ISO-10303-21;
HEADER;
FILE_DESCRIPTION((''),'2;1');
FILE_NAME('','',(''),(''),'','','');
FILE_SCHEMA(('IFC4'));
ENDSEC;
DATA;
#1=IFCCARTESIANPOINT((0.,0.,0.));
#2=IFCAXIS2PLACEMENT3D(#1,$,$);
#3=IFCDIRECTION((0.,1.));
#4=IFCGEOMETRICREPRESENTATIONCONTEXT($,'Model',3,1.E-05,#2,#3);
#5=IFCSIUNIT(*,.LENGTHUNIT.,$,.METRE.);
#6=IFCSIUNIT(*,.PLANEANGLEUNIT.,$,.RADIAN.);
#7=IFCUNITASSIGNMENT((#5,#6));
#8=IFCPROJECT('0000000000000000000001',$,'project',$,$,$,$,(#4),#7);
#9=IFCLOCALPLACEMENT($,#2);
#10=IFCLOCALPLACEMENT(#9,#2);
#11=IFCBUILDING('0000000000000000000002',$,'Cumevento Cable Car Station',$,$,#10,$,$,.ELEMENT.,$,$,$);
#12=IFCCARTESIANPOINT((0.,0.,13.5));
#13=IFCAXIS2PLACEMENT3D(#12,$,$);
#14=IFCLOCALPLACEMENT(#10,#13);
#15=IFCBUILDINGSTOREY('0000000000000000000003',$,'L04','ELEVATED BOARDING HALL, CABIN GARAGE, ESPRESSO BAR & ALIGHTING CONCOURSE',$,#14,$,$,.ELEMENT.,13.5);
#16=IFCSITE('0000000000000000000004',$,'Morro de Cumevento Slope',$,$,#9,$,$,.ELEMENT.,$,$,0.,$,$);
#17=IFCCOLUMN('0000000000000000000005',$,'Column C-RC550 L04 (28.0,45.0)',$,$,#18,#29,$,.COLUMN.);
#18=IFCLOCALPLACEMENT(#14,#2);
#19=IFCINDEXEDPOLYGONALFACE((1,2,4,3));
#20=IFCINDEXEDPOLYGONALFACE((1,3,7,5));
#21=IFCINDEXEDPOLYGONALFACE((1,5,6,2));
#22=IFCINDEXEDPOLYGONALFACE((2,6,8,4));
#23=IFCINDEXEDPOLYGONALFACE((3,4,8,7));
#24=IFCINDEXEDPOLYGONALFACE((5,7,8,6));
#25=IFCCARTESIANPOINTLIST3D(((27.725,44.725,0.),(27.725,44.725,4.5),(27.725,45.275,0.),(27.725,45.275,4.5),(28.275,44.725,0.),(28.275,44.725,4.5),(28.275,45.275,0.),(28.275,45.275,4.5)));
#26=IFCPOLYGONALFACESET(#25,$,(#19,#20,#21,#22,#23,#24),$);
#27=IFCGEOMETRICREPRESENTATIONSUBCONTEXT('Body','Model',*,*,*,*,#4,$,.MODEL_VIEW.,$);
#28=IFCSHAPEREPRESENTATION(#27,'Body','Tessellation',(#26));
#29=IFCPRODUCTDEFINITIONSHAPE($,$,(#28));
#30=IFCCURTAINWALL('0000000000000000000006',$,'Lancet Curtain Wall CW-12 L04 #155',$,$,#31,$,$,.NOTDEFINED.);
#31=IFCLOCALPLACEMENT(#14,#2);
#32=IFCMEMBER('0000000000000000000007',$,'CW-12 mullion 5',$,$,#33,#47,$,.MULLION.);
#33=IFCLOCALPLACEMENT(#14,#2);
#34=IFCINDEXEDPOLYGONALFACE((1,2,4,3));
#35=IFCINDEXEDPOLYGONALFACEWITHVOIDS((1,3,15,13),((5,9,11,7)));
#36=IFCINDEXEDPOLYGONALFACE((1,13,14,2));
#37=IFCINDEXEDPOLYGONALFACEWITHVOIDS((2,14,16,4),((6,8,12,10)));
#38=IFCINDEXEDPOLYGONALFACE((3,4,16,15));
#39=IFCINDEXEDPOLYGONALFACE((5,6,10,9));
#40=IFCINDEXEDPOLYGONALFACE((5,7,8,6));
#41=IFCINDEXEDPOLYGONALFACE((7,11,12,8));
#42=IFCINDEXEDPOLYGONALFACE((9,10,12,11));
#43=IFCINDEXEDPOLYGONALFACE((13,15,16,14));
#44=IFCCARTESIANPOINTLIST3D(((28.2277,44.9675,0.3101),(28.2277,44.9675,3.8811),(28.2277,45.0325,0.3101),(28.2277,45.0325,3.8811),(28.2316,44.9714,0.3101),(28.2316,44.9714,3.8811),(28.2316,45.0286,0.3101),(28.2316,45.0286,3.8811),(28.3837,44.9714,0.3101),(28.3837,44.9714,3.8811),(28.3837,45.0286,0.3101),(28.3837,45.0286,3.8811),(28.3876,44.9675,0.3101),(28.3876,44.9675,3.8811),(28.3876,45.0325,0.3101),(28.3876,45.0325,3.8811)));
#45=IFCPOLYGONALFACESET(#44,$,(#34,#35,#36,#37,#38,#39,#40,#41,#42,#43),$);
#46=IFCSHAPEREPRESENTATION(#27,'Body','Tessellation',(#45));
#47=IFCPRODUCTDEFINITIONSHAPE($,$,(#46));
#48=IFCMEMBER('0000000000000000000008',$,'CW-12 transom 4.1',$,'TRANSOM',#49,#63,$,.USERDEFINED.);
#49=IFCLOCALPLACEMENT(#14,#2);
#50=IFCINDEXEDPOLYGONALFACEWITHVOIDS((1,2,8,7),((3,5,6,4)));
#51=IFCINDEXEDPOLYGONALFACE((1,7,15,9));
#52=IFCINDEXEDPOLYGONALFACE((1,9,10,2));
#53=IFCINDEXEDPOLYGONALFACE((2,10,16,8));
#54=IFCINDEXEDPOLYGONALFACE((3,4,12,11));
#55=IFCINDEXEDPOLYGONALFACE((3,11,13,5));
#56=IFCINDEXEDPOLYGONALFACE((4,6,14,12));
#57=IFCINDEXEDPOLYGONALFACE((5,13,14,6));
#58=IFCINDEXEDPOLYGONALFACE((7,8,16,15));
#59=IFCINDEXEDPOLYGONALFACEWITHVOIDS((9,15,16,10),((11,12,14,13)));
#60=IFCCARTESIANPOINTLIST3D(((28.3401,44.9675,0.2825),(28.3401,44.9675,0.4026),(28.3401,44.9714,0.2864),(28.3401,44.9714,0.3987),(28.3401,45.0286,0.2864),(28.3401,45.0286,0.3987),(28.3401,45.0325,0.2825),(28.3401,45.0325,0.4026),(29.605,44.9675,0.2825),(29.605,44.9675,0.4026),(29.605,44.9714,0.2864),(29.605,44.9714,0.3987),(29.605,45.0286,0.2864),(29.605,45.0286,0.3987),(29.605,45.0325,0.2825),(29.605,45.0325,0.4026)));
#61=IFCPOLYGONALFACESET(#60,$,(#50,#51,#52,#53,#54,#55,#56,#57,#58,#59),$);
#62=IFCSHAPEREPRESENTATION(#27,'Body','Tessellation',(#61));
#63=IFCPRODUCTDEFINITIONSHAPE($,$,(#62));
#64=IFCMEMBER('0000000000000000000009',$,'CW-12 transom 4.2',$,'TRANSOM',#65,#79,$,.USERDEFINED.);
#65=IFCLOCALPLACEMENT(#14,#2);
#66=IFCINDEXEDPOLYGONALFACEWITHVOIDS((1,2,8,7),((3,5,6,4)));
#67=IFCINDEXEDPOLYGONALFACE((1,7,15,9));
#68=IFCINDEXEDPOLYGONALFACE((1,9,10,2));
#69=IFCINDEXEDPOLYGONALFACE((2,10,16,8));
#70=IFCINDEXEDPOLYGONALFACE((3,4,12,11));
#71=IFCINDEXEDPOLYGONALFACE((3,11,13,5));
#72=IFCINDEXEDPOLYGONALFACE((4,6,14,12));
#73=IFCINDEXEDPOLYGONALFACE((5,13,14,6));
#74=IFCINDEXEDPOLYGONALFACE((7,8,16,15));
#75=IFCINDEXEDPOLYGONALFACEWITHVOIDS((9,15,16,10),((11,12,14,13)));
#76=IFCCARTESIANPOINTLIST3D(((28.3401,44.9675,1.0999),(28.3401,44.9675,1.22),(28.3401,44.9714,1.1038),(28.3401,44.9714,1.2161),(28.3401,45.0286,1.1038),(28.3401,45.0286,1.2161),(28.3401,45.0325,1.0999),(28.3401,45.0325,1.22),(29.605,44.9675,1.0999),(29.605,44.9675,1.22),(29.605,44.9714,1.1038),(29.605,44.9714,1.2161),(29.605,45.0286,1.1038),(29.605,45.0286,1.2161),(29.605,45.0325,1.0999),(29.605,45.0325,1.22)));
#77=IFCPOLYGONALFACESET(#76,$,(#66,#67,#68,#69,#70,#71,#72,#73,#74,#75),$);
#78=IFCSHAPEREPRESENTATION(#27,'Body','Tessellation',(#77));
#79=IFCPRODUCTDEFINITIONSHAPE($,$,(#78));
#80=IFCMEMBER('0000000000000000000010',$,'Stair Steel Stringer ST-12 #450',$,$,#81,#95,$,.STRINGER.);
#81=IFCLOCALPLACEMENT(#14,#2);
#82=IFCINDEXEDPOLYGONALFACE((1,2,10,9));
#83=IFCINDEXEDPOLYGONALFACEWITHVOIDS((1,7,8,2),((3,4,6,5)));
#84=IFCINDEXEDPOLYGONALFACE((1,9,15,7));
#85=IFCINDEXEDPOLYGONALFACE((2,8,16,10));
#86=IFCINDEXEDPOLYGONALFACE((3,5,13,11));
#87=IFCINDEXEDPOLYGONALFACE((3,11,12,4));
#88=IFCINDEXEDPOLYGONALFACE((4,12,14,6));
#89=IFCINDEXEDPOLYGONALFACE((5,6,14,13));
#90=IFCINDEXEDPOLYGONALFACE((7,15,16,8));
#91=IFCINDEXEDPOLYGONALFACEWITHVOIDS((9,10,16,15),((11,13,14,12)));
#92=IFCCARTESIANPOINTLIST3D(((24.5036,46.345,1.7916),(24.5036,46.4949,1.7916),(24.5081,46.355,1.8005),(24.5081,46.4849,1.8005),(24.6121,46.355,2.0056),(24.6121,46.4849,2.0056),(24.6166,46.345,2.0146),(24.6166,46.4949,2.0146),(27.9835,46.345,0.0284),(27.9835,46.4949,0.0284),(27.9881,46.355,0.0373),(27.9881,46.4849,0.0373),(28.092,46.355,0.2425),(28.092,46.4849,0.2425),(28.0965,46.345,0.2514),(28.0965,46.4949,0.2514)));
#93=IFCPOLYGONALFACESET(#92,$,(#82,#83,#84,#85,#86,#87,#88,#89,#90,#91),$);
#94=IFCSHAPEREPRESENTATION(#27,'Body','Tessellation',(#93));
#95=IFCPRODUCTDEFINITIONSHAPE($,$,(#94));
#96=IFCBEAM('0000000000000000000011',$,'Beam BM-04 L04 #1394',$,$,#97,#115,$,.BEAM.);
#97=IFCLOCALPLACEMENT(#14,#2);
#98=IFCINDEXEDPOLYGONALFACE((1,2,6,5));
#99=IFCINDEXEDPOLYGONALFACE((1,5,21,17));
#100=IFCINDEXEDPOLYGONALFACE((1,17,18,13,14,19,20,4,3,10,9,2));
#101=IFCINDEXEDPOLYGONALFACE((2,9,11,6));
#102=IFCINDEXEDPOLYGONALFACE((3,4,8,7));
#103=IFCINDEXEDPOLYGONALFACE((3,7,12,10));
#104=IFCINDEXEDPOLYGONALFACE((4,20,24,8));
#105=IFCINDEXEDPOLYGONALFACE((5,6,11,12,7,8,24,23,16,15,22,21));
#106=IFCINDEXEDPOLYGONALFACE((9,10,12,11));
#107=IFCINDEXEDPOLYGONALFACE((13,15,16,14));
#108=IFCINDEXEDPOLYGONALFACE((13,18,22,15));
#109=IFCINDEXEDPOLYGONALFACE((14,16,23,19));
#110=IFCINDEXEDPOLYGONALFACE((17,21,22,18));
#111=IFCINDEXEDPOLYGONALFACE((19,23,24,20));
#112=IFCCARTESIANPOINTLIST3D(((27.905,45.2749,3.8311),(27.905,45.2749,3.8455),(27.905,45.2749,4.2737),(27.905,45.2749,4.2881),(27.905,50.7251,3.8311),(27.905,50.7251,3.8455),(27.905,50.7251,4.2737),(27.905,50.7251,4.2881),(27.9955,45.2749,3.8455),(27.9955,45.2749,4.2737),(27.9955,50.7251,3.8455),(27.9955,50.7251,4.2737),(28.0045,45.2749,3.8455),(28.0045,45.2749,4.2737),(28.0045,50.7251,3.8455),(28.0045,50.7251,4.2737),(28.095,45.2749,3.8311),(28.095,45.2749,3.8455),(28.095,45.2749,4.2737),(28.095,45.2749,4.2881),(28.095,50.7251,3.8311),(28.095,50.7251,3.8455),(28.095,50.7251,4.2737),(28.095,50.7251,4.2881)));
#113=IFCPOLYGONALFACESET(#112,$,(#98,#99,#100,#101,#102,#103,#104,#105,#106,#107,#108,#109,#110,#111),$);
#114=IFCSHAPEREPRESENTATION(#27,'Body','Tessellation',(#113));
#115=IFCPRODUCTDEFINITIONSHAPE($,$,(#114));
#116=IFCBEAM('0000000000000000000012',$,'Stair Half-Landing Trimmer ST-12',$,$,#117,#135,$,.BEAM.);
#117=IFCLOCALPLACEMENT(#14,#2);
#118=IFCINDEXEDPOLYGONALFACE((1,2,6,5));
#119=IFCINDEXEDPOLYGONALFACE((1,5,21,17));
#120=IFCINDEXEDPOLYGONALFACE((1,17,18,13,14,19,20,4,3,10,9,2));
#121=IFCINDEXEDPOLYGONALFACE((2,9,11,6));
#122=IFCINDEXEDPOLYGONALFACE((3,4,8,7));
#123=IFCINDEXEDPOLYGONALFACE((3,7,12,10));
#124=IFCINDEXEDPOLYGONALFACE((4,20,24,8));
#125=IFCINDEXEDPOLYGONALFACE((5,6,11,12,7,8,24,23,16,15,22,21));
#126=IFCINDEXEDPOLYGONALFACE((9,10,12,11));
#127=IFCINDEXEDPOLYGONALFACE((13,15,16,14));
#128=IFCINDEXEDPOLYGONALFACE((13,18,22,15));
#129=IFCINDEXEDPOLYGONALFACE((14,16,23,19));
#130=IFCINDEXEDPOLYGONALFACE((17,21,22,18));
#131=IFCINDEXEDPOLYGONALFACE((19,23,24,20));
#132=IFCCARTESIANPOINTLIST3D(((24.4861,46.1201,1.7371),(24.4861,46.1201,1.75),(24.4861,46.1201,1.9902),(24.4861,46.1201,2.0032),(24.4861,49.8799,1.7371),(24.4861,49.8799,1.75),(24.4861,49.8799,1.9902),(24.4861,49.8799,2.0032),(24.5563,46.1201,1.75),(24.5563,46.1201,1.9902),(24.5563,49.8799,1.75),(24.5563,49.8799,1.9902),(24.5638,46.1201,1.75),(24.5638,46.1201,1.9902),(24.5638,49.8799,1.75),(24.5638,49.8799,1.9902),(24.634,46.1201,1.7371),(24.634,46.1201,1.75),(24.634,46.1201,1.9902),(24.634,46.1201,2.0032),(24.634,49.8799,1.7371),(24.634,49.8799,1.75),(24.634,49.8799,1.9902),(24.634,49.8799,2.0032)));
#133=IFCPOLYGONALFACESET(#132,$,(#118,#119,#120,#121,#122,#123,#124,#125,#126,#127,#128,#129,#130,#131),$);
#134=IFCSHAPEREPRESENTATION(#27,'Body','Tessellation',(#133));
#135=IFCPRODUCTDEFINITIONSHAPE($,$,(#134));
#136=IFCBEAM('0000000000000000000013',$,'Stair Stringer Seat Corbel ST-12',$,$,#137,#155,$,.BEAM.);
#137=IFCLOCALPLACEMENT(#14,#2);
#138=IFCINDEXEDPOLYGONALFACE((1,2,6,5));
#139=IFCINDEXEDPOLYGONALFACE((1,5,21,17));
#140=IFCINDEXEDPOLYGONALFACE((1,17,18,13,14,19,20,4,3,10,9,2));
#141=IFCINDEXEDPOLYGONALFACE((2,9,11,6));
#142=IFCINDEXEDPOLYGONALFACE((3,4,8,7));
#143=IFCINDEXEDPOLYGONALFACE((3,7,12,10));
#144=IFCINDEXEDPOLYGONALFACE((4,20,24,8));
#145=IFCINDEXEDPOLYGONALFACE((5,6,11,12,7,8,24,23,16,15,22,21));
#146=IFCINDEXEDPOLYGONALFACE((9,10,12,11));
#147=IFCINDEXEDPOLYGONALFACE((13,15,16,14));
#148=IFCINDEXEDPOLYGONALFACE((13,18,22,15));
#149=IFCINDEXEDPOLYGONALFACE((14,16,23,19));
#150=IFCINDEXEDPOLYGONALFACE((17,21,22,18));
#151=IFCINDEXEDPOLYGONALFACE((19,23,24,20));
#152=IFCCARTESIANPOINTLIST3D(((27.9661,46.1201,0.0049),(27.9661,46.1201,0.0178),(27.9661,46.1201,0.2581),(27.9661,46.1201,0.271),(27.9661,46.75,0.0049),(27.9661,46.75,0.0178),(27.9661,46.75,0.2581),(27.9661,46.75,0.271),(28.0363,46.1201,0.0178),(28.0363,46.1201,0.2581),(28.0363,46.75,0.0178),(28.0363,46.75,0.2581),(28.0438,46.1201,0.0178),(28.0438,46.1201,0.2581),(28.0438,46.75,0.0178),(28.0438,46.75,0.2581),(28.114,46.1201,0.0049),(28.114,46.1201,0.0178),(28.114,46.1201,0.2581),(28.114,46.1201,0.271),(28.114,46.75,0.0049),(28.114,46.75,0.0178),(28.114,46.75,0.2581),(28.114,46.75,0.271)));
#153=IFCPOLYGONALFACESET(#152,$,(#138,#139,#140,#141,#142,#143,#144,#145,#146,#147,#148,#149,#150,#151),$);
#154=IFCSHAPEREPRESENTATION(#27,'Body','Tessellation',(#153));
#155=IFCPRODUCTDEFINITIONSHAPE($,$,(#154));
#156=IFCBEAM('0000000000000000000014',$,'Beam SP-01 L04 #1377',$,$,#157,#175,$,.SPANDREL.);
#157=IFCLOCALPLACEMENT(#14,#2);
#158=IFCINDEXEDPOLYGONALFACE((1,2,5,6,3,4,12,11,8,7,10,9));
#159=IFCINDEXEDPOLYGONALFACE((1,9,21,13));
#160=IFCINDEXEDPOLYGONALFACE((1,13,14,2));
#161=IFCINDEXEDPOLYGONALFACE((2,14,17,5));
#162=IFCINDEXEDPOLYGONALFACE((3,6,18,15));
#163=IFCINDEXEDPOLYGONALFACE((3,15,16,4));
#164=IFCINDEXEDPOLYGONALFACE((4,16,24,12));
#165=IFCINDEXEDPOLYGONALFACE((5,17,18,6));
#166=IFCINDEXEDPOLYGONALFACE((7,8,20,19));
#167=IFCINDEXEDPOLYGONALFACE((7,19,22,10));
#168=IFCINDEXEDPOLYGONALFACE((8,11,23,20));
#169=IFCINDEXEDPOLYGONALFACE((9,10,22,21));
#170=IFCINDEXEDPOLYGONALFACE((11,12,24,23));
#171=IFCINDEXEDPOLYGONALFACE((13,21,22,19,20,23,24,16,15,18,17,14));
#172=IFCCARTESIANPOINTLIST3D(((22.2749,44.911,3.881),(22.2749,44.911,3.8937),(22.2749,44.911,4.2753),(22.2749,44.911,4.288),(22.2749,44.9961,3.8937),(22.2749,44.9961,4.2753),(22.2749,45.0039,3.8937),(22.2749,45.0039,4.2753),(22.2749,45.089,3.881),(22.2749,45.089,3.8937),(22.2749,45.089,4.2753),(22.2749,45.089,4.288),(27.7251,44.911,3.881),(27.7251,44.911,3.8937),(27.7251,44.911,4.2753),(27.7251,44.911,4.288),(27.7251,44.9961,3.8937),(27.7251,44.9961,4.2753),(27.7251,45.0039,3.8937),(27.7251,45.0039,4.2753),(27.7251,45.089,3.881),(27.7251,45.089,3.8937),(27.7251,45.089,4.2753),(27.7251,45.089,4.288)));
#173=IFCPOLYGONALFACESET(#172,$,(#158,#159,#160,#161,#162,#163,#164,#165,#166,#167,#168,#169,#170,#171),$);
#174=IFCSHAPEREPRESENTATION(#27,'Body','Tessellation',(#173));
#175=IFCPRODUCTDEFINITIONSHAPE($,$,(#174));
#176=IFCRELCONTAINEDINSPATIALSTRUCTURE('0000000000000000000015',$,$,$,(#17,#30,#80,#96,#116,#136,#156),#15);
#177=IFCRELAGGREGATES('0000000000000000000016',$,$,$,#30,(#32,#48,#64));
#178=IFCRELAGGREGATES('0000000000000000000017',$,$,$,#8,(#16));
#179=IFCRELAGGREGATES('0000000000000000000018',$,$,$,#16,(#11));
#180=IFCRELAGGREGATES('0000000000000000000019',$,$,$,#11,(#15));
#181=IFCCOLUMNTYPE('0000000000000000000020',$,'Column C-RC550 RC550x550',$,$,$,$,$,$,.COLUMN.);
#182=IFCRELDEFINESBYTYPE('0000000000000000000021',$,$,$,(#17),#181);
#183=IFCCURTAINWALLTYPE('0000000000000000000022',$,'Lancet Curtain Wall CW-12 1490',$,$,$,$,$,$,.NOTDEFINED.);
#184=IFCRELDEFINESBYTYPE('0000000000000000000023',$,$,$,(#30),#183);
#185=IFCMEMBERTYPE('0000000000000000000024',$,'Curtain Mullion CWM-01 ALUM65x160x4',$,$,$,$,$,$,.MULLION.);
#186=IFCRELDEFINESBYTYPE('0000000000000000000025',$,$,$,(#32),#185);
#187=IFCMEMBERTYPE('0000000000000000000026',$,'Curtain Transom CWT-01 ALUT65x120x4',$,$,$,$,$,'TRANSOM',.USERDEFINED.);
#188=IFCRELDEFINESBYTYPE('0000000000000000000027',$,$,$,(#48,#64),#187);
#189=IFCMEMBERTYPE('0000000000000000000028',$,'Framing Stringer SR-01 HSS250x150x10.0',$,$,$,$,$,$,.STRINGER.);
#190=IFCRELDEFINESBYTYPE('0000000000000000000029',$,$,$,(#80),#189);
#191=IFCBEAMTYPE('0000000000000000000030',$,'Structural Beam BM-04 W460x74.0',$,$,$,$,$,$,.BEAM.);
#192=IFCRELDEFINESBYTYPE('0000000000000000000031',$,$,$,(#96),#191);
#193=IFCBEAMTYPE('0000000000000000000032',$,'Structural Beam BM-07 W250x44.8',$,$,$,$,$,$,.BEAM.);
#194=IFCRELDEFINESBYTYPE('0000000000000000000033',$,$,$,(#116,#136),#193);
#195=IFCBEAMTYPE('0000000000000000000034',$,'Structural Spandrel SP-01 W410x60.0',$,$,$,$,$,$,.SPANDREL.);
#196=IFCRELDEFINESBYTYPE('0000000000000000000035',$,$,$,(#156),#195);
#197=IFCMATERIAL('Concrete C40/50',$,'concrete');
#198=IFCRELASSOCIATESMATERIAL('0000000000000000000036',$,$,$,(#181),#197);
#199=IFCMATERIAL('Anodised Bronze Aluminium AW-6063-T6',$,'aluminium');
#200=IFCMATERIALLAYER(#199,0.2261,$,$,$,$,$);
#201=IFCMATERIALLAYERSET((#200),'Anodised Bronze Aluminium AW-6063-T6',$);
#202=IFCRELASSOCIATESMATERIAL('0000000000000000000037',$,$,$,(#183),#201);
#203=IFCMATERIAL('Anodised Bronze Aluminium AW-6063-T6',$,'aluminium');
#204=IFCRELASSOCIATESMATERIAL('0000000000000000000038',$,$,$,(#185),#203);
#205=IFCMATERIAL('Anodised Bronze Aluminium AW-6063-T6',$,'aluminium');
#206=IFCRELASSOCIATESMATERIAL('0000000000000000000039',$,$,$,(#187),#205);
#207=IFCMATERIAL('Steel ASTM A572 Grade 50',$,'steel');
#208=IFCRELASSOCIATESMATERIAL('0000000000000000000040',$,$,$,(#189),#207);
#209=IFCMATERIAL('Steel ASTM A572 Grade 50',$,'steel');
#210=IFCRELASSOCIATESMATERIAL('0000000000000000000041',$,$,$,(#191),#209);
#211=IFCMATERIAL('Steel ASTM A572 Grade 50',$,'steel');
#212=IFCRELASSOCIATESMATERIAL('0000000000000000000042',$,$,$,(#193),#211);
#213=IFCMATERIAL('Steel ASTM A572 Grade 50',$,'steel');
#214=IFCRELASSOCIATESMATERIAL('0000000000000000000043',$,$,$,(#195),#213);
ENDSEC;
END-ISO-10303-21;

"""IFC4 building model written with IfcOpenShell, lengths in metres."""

from ifc_helpers import new_model, si_unit, direction, frame, origin, origin_2d, place, context, subcontext, project, spatial, rectangle, hollow_rectangle, i_section, extrude, material, layer, layer_set, material_profile, profile_set, type_object, element, aggregate, save


model = new_model("IFC4")

# Units and contexts
model_context = context("Model", 3, precision=1e-05, world=origin(), true_north=direction((0.0, 1.0)))
body_context = subcontext(model_context, "Body", "Model", "MODEL_VIEW")
ifc_project = project(units=[si_unit("LENGTHUNIT", "METRE"), si_unit("PLANEANGLEUNIT", "RADIAN")], contexts=[model_context])

# Site, building, storey
site_placement = place(None, origin())
site = spatial("IfcSite", under=ifc_project, at=site_placement, Name="Morro de Cumevento Slope", CompositionType="ELEMENT", RefElevation=0.0)
building_placement = place(site_placement, origin())
building = spatial("IfcBuilding", under=site, at=building_placement, Name="Cumevento Cable Car Station", CompositionType="ELEMENT")
storey_placement = place(building_placement, frame((0.0, 0.0, 13.5)))
storey = spatial("IfcBuildingStorey", under=building, at=storey_placement, Name="L04", Description="ELEVATED BOARDING HALL, CABIN GARAGE, ESPRESSO BAR & ALIGHTING CONCOURSE", CompositionType="ELEMENT", Elevation=13.5)

# Column
ifc_material_1 = material(Name="Concrete C40/50", Category="concrete")
ifc_material_profile_1 = material_profile(ifc_material_1, rectangle(XDim=0.55, YDim=0.55, at=origin_2d()), Name="RC550x550")
ifc_profile_set_1 = profile_set([ifc_material_profile_1], Name="Concrete C40/50")
column_type = type_object("IfcColumnType", Name="Column C-RC550 RC550x550", PredefinedType="COLUMN", material=ifc_profile_set_1)
column_placement = place(storey_placement, frame((28.0, 45.0, 0.0), z_axis=(0.0, 0.0, 1.0), x_axis=(1.0, 0.0, 0.0)))
element("IfcColumn", 1, at=column_placement, inside=storey, type_object=column_type, Name="Column C-RC550 L04 (28.0,45.0)", PredefinedType="COLUMN", context=body_context, shape_type="SweptSolid", body=[
    extrude(rectangle(XDim=0.55, YDim=0.55, at=origin_2d()), origin(), (0.0, 0.0, 1.0), 4.5),
])

# Curtain wall, members
ifc_material_2 = material(Name="Anodised Bronze Aluminium AW-6063-T6", Category="aluminium")
ifc_layer_1 = layer(ifc_material_2, 0.2261)
ifc_layer_set_1 = layer_set([ifc_layer_1], Name="Anodised Bronze Aluminium AW-6063-T6")
curtain_wall_type = type_object("IfcCurtainWallType", Name="Lancet Curtain Wall CW-12 1490", PredefinedType="NOTDEFINED", material=ifc_layer_set_1)
curtain_wall_placement = place(storey_placement, origin())
curtain_wall = element("IfcCurtainWall", 2, at=curtain_wall_placement, inside=storey, type_object=curtain_wall_type, Name="Lancet Curtain Wall CW-12 L04 #155", PredefinedType="NOTDEFINED")
ifc_material_3 = material(Name="Anodised Bronze Aluminium AW-6063-T6", Category="aluminium")
ifc_material_profile_2 = material_profile(ifc_material_3, hollow_rectangle(XDim=0.0649, YDim=0.1599, WallThickness=0.0039, at=origin_2d()), Name="ALUM65x160x4")
ifc_profile_set_2 = profile_set([ifc_material_profile_2], Name="Anodised Bronze Aluminium AW-6063-T6")
member_type_1 = type_object("IfcMemberType", Name="Curtain Mullion CWM-01 ALUM65x160x4", PredefinedType="MULLION", material=ifc_profile_set_2)
member_1_placement = place(storey_placement, frame((28.3076, 45.0, 0.3101), z_axis=(0.0, 0.0, 1.0), x_axis=(0.0, -1.0, 0.0)))
member_1 = element("IfcMember", 3, at=member_1_placement, type_object=member_type_1, Name="CW-12 mullion 5", PredefinedType="MULLION", context=body_context, shape_type="SweptSolid", body=[
    extrude(hollow_rectangle(XDim=0.0649, YDim=0.1599, WallThickness=0.0039, at=origin_2d()), origin(), (0.0, 0.0, 1.0), 3.571),
])
ifc_material_4 = material(Name="Anodised Bronze Aluminium AW-6063-T6", Category="aluminium")
ifc_material_profile_3 = material_profile(ifc_material_4, hollow_rectangle(XDim=0.0649, YDim=0.1201, WallThickness=0.0039, at=origin_2d()), Name="ALUT65x120x4")
ifc_profile_set_3 = profile_set([ifc_material_profile_3], Name="Anodised Bronze Aluminium AW-6063-T6")
member_type_2 = type_object("IfcMemberType", Name="Curtain Transom CWT-01 ALUT65x120x4", ElementType="TRANSOM", PredefinedType="USERDEFINED", material=ifc_profile_set_3)
member_2_placement = place(storey_placement, frame((29.605, 45.0, 0.3425), z_axis=(-1.0, 0.0, 0.0), x_axis=(0.0, -1.0, 0.0)))
member_2 = element("IfcMember", 4, at=member_2_placement, type_object=member_type_2, Name="CW-12 transom 4.1", ObjectType="TRANSOM", PredefinedType="USERDEFINED", context=body_context, shape_type="SweptSolid", body=[
    extrude(hollow_rectangle(XDim=0.0649, YDim=0.1201, WallThickness=0.0039, at=origin_2d()), origin(), (0.0, 0.0, 1.0), 1.2649),
])
member_3_placement = place(storey_placement, frame((29.605, 45.0, 1.1599), z_axis=(-1.0, 0.0, 0.0), x_axis=(0.0, -1.0, 0.0)))
member_3 = element("IfcMember", 5, at=member_3_placement, type_object=member_type_2, Name="CW-12 transom 4.2", ObjectType="TRANSOM", PredefinedType="USERDEFINED", context=body_context, shape_type="SweptSolid", body=[
    extrude(hollow_rectangle(XDim=0.0649, YDim=0.1201, WallThickness=0.0039, at=origin_2d()), origin(), (0.0, 0.0, 1.0), 1.2649),
])

# Member
ifc_material_5 = material(Name="Steel ASTM A572 Grade 50", Category="steel")
ifc_material_profile_4 = material_profile(ifc_material_5, hollow_rectangle(XDim=0.1499, YDim=0.25, WallThickness=0.01, at=origin_2d()), Name="HSS250x150x10.0")
ifc_profile_set_4 = profile_set([ifc_material_profile_4], Name="Steel ASTM A572 Grade 50")
member_type_3 = type_object("IfcMemberType", Name="Framing Stringer SR-01 HSS250x150x10.0", PredefinedType="STRINGER", material=ifc_profile_set_4)
member_4_placement = place(storey_placement, frame((28.04, 46.4199, 0.1399), z_axis=(-0.892036, 0.0, 0.451963), x_axis=(0.0, -1.0, 0.0)))
element("IfcMember", 6, at=member_4_placement, inside=storey, type_object=member_type_3, Name="Stair Steel Stringer ST-12 #450", PredefinedType="STRINGER", context=body_context, shape_type="SweptSolid", body=[
    extrude(hollow_rectangle(XDim=0.1499, YDim=0.25, WallThickness=0.01, at=origin_2d()), origin(), (0.0, 0.0, 1.0), 3.9011),
])

# Beams
ifc_material_6 = material(Name="Steel ASTM A572 Grade 50", Category="steel")
ifc_material_profile_5 = material_profile(ifc_material_6, i_section(OverallWidth=0.1899, OverallDepth=0.457, WebThickness=0.009, FlangeThickness=0.0144, at=origin_2d()), Name="W460x74.0")
ifc_profile_set_5 = profile_set([ifc_material_profile_5], Name="Steel ASTM A572 Grade 50")
beam_type_1 = type_object("IfcBeamType", Name="Structural Beam BM-04 W460x74.0", PredefinedType="BEAM", material=ifc_profile_set_5)
beam_1_placement = place(storey_placement, frame((28.0, 45.2749, 4.0596), z_axis=(0.0, 1.0, 0.0), x_axis=(-1.0, 0.0, 0.0)))
element("IfcBeam", 7, at=beam_1_placement, inside=storey, type_object=beam_type_1, Name="Beam BM-04 L04 #1394", PredefinedType="BEAM", context=body_context, shape_type="SweptSolid", body=[
    extrude(i_section(OverallWidth=0.1899, OverallDepth=0.457, WebThickness=0.009, FlangeThickness=0.0144, at=origin_2d()), origin(), (0.0, 0.0, 1.0), 5.4502),
])
ifc_material_7 = material(Name="Steel ASTM A572 Grade 50", Category="steel")
ifc_material_profile_6 = material_profile(ifc_material_7, i_section(OverallWidth=0.1479, OverallDepth=0.2661, WebThickness=0.0076, FlangeThickness=0.0129, at=origin_2d()), Name="W250x44.8")
ifc_profile_set_6 = profile_set([ifc_material_profile_6], Name="Steel ASTM A572 Grade 50")
beam_type_2 = type_object("IfcBeamType", Name="Structural Beam BM-07 W250x44.8", PredefinedType="BEAM", material=ifc_profile_set_6)
beam_2_placement = place(storey_placement, frame((24.5601, 46.1201, 1.8701), z_axis=(0.0, 1.0, 0.0), x_axis=(-1.0, 0.0, 0.0)))
element("IfcBeam", 8, at=beam_2_placement, inside=storey, type_object=beam_type_2, Name="Stair Half-Landing Trimmer ST-12", PredefinedType="BEAM", context=body_context, shape_type="SweptSolid", body=[
    extrude(i_section(OverallWidth=0.1479, OverallDepth=0.2661, WebThickness=0.0076, FlangeThickness=0.0129, at=origin_2d()), origin(), (0.0, 0.0, 1.0), 3.7598),
])
beam_3_placement = place(storey_placement, frame((28.04, 46.1201, 0.1379), z_axis=(0.0, 1.0, 0.0), x_axis=(-1.0, 0.0, 0.0)))
element("IfcBeam", 9, at=beam_3_placement, inside=storey, type_object=beam_type_2, Name="Stair Stringer Seat Corbel ST-12", PredefinedType="BEAM", context=body_context, shape_type="SweptSolid", body=[
    extrude(i_section(OverallWidth=0.1479, OverallDepth=0.2661, WebThickness=0.0076, FlangeThickness=0.0129, at=origin_2d()), origin(), (0.0, 0.0, 1.0), 0.6299),
])
ifc_material_8 = material(Name="Steel ASTM A572 Grade 50", Category="steel")
ifc_material_profile_7 = material_profile(ifc_material_8, i_section(OverallWidth=0.178, OverallDepth=0.407, WebThickness=0.0078, FlangeThickness=0.0127, at=origin_2d()), Name="W410x60.0")
ifc_profile_set_7 = profile_set([ifc_material_profile_7], Name="Steel ASTM A572 Grade 50")
beam_type_3 = type_object("IfcBeamType", Name="Structural Spandrel SP-01 W410x60.0", PredefinedType="SPANDREL", material=ifc_profile_set_7)
for number, where, z_axis, x_axis, name in (
    (10, (22.2749, 45.0, 4.0845), (1.0, 0.0, 0.0), (0.0, 1.0, 0.0), "Beam SP-01 L04 #1377"),
):
    element("IfcBeam", number, at=place(storey_placement, frame(where, z_axis=z_axis, x_axis=x_axis)), inside=storey, type_object=beam_type_3, Name=name, PredefinedType="SPANDREL", context=body_context, shape_type="SweptSolid", body=[
        extrude(i_section(OverallWidth=0.178, OverallDepth=0.407, WebThickness=0.0078, FlangeThickness=0.0127, at=origin_2d()), origin(), (0.0, 0.0, 1.0), 5.4502),
    ])

aggregate(curtain_wall, [member_1, member_2, member_3])

save(model, "model.ifc")
